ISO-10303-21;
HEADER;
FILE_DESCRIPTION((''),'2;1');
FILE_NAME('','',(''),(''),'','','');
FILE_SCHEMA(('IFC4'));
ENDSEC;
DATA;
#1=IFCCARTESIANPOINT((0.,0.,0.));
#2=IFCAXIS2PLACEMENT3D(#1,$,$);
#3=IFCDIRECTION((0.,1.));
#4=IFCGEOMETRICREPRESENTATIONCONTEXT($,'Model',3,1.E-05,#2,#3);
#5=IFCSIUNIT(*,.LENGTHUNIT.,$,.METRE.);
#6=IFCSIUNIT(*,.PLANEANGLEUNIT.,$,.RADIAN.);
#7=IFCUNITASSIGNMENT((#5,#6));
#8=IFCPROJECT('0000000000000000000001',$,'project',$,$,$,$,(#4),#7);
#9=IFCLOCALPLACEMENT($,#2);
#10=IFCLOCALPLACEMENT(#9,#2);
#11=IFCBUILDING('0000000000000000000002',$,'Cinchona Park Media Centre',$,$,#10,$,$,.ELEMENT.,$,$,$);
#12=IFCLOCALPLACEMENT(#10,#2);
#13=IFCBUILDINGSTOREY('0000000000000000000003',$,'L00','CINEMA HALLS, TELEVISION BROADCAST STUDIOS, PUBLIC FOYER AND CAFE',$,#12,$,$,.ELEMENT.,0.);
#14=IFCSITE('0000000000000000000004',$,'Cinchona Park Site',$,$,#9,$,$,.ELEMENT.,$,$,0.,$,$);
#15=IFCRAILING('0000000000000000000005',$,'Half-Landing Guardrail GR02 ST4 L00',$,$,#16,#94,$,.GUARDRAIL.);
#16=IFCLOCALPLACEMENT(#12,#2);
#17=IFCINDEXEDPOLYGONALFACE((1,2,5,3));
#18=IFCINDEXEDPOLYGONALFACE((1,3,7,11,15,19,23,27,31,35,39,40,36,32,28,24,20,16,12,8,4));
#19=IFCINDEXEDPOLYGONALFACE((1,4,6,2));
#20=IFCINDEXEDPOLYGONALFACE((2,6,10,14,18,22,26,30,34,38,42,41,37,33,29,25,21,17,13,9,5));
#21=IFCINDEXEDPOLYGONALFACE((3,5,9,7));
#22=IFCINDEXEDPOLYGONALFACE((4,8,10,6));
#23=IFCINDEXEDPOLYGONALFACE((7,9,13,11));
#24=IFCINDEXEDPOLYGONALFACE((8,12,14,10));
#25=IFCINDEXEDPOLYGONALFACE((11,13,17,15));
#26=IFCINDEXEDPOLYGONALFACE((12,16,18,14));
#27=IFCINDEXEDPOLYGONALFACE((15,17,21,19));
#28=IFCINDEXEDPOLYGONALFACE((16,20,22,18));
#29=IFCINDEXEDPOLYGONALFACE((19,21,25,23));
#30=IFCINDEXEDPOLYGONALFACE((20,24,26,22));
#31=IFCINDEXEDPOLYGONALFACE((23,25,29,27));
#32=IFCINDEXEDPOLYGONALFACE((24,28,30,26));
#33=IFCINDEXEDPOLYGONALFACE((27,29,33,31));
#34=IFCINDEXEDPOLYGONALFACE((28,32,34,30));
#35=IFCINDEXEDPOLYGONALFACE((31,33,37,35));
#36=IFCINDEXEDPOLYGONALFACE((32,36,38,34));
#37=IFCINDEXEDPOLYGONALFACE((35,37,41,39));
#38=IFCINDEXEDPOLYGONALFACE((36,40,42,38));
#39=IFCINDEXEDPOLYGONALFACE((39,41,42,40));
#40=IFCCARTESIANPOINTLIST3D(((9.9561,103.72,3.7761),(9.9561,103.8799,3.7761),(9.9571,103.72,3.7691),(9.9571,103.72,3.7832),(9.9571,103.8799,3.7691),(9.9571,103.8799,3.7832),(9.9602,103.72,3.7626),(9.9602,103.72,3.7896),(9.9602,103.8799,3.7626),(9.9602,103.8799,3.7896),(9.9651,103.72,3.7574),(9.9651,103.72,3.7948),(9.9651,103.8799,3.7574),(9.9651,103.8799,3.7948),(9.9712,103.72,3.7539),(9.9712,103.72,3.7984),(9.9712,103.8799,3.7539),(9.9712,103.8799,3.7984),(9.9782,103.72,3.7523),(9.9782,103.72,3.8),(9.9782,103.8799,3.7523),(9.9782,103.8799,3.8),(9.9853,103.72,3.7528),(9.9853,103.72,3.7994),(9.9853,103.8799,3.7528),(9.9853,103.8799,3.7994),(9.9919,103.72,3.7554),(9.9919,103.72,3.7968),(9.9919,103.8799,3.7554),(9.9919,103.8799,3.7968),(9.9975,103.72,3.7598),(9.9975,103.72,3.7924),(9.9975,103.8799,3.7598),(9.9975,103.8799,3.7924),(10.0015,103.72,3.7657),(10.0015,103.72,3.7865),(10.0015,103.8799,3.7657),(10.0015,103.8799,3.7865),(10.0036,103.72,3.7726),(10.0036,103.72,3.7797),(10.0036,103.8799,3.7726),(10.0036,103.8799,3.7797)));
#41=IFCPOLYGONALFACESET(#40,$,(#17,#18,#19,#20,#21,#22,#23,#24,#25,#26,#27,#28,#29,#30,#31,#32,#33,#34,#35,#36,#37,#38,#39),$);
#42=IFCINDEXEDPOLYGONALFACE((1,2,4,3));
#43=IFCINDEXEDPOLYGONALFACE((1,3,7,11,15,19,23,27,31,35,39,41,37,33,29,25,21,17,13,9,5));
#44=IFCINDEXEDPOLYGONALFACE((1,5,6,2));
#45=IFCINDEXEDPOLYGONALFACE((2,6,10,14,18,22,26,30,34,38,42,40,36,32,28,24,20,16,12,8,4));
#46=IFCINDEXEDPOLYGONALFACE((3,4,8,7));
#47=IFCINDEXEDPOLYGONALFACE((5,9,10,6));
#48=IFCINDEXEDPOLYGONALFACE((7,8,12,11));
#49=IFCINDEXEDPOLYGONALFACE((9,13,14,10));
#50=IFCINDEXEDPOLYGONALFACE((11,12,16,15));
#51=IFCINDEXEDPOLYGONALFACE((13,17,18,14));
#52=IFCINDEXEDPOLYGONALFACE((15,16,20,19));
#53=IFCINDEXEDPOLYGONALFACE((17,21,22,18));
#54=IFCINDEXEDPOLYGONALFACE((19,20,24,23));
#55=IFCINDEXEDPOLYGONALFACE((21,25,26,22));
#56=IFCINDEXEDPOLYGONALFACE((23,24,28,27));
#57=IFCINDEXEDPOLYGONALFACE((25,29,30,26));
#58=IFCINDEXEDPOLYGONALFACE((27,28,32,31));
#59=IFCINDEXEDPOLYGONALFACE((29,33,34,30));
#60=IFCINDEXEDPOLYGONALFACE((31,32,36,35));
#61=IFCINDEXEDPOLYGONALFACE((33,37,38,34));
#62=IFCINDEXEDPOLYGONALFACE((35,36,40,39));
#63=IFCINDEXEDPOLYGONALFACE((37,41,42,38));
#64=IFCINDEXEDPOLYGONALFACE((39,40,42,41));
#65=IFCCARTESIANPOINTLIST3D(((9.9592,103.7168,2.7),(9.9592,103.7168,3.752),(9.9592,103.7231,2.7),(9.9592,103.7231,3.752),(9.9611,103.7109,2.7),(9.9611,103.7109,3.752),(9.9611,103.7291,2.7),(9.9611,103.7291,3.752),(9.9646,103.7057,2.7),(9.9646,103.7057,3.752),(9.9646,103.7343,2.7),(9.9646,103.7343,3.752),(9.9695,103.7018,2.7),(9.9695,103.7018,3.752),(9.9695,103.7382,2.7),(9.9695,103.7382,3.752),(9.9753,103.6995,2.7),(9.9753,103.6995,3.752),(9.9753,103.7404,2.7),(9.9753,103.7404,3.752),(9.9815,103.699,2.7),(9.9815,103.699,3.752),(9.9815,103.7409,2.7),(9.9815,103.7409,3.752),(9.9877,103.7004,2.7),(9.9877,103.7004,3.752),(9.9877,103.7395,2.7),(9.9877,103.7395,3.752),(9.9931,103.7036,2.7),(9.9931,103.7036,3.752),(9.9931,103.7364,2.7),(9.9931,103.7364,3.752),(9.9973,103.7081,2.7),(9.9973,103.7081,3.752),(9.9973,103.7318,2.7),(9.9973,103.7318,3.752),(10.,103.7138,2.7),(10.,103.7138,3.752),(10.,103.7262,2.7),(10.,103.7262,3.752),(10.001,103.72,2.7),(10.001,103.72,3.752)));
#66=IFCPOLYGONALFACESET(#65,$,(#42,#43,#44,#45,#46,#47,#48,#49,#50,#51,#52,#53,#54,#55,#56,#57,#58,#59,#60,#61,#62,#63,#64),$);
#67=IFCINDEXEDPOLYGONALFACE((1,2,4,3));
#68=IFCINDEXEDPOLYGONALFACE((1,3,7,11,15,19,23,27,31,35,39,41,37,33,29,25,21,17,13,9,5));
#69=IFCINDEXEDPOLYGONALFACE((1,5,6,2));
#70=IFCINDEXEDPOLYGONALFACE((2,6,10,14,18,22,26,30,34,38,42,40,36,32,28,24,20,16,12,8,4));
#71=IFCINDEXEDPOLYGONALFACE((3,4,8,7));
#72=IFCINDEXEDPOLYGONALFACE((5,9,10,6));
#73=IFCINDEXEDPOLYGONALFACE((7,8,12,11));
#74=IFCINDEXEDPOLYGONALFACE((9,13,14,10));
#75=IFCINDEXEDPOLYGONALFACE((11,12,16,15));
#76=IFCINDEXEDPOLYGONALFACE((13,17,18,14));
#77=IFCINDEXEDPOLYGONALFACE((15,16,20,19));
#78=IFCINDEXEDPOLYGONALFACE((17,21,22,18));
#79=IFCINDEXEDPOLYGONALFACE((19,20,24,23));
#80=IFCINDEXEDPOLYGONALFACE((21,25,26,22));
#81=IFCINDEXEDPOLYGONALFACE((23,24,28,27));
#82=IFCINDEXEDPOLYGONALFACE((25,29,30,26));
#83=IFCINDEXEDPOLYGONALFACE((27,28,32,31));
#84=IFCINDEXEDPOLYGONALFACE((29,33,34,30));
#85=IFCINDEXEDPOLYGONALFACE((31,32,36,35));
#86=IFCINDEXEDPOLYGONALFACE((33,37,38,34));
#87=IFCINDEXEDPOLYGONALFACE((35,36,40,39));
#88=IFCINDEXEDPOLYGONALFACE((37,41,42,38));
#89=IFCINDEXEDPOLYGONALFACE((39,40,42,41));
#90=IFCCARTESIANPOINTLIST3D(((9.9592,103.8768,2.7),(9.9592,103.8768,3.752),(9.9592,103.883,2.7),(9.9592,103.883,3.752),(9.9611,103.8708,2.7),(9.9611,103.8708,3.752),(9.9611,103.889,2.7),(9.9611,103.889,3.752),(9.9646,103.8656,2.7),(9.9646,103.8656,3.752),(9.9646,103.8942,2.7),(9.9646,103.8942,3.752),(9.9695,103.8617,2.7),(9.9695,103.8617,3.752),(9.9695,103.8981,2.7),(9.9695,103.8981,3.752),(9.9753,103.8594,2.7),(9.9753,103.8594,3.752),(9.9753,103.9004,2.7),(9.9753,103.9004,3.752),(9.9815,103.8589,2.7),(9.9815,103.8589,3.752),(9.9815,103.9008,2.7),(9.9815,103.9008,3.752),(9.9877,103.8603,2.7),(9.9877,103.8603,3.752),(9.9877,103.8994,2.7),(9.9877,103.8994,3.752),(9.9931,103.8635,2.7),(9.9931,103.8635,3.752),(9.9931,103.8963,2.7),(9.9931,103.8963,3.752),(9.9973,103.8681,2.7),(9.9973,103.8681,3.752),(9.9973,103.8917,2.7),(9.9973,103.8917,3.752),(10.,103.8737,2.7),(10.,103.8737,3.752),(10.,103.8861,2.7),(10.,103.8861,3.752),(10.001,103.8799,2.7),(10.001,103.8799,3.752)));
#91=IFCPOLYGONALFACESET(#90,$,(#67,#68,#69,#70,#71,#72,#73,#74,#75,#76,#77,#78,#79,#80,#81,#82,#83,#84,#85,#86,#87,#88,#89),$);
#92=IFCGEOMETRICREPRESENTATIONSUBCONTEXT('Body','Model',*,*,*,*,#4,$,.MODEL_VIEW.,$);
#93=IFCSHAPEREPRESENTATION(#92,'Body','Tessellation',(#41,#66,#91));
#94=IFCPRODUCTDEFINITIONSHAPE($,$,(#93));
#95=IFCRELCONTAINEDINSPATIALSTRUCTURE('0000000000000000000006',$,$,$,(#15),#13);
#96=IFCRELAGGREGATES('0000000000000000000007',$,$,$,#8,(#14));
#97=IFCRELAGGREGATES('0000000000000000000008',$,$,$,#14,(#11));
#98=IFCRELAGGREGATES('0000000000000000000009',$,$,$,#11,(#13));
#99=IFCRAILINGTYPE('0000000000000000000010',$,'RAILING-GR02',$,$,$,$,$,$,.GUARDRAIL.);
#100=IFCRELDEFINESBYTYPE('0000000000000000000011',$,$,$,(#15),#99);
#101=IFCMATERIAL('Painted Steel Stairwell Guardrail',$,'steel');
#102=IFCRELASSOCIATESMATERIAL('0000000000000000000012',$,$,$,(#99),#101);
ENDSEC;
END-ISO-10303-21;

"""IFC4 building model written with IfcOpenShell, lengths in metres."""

from ifc_helpers import new_model, si_unit, direction, frame, origin, origin_2d, place, context, subcontext, project, spatial, circle, extrude, material, type_object, element, save


model = new_model("IFC4")

# Units and contexts
model_context = context("Model", 3, precision=1e-05, world=origin(), true_north=direction((0.0, 1.0)))
body_context = subcontext(model_context, "Body", "Model", "MODEL_VIEW")
ifc_project = project(units=[si_unit("LENGTHUNIT", "METRE"), si_unit("PLANEANGLEUNIT", "RADIAN")], contexts=[model_context])

# Site, building, storey
site_placement = place(None, origin())
site = spatial("IfcSite", under=ifc_project, at=site_placement, Name="Cinchona Park Site", CompositionType="ELEMENT", RefElevation=0.0)
building_placement = place(site_placement, origin())
building = spatial("IfcBuilding", under=site, at=building_placement, Name="Cinchona Park Media Centre", CompositionType="ELEMENT")
storey_placement = place(building_placement, origin())
storey = spatial("IfcBuildingStorey", under=building, at=storey_placement, Name="L00", Description="CINEMA HALLS, TELEVISION BROADCAST STUDIOS, PUBLIC FOYER AND CAFE", CompositionType="ELEMENT", Elevation=0.0)

# Railing
ifc_material_1 = material(Name="Painted Steel Stairwell Guardrail", Category="steel")
railing_type_1 = type_object("IfcRailingType", Name="RAILING-GR02", PredefinedType="GUARDRAIL", material=ifc_material_1)
for number, where, name in (
    (1, (9.98, 103.72, 2.7), "Half-Landing Guardrail GR02 ST4 L00"),
):
    element("IfcRailing", number, at=place(storey_placement, frame(where)), inside=storey, type_object=railing_type_1, Name=name, PredefinedType="GUARDRAIL", context=body_context, shape_type="SweptSolid", body=[
        extrude(circle(Radius=0.0239, at=origin_2d()), frame((0.0, 0.0, 1.0762), z_axis=(0.0, 1.0, 0.0), x_axis=(-1.0, 0.0, 0.0)), (0.0, 0.0, 1.0), 0.1599),
        extrude(circle(Radius=0.021, at=origin_2d()), origin(), (0.0, 0.0, 1.0), 1.052),
        extrude(circle(Radius=0.021, at=origin_2d()), frame((0.0, 0.1599, 0.0)), (0.0, 0.0, 1.0), 1.052),
    ])

save(model, "model.ifc")
